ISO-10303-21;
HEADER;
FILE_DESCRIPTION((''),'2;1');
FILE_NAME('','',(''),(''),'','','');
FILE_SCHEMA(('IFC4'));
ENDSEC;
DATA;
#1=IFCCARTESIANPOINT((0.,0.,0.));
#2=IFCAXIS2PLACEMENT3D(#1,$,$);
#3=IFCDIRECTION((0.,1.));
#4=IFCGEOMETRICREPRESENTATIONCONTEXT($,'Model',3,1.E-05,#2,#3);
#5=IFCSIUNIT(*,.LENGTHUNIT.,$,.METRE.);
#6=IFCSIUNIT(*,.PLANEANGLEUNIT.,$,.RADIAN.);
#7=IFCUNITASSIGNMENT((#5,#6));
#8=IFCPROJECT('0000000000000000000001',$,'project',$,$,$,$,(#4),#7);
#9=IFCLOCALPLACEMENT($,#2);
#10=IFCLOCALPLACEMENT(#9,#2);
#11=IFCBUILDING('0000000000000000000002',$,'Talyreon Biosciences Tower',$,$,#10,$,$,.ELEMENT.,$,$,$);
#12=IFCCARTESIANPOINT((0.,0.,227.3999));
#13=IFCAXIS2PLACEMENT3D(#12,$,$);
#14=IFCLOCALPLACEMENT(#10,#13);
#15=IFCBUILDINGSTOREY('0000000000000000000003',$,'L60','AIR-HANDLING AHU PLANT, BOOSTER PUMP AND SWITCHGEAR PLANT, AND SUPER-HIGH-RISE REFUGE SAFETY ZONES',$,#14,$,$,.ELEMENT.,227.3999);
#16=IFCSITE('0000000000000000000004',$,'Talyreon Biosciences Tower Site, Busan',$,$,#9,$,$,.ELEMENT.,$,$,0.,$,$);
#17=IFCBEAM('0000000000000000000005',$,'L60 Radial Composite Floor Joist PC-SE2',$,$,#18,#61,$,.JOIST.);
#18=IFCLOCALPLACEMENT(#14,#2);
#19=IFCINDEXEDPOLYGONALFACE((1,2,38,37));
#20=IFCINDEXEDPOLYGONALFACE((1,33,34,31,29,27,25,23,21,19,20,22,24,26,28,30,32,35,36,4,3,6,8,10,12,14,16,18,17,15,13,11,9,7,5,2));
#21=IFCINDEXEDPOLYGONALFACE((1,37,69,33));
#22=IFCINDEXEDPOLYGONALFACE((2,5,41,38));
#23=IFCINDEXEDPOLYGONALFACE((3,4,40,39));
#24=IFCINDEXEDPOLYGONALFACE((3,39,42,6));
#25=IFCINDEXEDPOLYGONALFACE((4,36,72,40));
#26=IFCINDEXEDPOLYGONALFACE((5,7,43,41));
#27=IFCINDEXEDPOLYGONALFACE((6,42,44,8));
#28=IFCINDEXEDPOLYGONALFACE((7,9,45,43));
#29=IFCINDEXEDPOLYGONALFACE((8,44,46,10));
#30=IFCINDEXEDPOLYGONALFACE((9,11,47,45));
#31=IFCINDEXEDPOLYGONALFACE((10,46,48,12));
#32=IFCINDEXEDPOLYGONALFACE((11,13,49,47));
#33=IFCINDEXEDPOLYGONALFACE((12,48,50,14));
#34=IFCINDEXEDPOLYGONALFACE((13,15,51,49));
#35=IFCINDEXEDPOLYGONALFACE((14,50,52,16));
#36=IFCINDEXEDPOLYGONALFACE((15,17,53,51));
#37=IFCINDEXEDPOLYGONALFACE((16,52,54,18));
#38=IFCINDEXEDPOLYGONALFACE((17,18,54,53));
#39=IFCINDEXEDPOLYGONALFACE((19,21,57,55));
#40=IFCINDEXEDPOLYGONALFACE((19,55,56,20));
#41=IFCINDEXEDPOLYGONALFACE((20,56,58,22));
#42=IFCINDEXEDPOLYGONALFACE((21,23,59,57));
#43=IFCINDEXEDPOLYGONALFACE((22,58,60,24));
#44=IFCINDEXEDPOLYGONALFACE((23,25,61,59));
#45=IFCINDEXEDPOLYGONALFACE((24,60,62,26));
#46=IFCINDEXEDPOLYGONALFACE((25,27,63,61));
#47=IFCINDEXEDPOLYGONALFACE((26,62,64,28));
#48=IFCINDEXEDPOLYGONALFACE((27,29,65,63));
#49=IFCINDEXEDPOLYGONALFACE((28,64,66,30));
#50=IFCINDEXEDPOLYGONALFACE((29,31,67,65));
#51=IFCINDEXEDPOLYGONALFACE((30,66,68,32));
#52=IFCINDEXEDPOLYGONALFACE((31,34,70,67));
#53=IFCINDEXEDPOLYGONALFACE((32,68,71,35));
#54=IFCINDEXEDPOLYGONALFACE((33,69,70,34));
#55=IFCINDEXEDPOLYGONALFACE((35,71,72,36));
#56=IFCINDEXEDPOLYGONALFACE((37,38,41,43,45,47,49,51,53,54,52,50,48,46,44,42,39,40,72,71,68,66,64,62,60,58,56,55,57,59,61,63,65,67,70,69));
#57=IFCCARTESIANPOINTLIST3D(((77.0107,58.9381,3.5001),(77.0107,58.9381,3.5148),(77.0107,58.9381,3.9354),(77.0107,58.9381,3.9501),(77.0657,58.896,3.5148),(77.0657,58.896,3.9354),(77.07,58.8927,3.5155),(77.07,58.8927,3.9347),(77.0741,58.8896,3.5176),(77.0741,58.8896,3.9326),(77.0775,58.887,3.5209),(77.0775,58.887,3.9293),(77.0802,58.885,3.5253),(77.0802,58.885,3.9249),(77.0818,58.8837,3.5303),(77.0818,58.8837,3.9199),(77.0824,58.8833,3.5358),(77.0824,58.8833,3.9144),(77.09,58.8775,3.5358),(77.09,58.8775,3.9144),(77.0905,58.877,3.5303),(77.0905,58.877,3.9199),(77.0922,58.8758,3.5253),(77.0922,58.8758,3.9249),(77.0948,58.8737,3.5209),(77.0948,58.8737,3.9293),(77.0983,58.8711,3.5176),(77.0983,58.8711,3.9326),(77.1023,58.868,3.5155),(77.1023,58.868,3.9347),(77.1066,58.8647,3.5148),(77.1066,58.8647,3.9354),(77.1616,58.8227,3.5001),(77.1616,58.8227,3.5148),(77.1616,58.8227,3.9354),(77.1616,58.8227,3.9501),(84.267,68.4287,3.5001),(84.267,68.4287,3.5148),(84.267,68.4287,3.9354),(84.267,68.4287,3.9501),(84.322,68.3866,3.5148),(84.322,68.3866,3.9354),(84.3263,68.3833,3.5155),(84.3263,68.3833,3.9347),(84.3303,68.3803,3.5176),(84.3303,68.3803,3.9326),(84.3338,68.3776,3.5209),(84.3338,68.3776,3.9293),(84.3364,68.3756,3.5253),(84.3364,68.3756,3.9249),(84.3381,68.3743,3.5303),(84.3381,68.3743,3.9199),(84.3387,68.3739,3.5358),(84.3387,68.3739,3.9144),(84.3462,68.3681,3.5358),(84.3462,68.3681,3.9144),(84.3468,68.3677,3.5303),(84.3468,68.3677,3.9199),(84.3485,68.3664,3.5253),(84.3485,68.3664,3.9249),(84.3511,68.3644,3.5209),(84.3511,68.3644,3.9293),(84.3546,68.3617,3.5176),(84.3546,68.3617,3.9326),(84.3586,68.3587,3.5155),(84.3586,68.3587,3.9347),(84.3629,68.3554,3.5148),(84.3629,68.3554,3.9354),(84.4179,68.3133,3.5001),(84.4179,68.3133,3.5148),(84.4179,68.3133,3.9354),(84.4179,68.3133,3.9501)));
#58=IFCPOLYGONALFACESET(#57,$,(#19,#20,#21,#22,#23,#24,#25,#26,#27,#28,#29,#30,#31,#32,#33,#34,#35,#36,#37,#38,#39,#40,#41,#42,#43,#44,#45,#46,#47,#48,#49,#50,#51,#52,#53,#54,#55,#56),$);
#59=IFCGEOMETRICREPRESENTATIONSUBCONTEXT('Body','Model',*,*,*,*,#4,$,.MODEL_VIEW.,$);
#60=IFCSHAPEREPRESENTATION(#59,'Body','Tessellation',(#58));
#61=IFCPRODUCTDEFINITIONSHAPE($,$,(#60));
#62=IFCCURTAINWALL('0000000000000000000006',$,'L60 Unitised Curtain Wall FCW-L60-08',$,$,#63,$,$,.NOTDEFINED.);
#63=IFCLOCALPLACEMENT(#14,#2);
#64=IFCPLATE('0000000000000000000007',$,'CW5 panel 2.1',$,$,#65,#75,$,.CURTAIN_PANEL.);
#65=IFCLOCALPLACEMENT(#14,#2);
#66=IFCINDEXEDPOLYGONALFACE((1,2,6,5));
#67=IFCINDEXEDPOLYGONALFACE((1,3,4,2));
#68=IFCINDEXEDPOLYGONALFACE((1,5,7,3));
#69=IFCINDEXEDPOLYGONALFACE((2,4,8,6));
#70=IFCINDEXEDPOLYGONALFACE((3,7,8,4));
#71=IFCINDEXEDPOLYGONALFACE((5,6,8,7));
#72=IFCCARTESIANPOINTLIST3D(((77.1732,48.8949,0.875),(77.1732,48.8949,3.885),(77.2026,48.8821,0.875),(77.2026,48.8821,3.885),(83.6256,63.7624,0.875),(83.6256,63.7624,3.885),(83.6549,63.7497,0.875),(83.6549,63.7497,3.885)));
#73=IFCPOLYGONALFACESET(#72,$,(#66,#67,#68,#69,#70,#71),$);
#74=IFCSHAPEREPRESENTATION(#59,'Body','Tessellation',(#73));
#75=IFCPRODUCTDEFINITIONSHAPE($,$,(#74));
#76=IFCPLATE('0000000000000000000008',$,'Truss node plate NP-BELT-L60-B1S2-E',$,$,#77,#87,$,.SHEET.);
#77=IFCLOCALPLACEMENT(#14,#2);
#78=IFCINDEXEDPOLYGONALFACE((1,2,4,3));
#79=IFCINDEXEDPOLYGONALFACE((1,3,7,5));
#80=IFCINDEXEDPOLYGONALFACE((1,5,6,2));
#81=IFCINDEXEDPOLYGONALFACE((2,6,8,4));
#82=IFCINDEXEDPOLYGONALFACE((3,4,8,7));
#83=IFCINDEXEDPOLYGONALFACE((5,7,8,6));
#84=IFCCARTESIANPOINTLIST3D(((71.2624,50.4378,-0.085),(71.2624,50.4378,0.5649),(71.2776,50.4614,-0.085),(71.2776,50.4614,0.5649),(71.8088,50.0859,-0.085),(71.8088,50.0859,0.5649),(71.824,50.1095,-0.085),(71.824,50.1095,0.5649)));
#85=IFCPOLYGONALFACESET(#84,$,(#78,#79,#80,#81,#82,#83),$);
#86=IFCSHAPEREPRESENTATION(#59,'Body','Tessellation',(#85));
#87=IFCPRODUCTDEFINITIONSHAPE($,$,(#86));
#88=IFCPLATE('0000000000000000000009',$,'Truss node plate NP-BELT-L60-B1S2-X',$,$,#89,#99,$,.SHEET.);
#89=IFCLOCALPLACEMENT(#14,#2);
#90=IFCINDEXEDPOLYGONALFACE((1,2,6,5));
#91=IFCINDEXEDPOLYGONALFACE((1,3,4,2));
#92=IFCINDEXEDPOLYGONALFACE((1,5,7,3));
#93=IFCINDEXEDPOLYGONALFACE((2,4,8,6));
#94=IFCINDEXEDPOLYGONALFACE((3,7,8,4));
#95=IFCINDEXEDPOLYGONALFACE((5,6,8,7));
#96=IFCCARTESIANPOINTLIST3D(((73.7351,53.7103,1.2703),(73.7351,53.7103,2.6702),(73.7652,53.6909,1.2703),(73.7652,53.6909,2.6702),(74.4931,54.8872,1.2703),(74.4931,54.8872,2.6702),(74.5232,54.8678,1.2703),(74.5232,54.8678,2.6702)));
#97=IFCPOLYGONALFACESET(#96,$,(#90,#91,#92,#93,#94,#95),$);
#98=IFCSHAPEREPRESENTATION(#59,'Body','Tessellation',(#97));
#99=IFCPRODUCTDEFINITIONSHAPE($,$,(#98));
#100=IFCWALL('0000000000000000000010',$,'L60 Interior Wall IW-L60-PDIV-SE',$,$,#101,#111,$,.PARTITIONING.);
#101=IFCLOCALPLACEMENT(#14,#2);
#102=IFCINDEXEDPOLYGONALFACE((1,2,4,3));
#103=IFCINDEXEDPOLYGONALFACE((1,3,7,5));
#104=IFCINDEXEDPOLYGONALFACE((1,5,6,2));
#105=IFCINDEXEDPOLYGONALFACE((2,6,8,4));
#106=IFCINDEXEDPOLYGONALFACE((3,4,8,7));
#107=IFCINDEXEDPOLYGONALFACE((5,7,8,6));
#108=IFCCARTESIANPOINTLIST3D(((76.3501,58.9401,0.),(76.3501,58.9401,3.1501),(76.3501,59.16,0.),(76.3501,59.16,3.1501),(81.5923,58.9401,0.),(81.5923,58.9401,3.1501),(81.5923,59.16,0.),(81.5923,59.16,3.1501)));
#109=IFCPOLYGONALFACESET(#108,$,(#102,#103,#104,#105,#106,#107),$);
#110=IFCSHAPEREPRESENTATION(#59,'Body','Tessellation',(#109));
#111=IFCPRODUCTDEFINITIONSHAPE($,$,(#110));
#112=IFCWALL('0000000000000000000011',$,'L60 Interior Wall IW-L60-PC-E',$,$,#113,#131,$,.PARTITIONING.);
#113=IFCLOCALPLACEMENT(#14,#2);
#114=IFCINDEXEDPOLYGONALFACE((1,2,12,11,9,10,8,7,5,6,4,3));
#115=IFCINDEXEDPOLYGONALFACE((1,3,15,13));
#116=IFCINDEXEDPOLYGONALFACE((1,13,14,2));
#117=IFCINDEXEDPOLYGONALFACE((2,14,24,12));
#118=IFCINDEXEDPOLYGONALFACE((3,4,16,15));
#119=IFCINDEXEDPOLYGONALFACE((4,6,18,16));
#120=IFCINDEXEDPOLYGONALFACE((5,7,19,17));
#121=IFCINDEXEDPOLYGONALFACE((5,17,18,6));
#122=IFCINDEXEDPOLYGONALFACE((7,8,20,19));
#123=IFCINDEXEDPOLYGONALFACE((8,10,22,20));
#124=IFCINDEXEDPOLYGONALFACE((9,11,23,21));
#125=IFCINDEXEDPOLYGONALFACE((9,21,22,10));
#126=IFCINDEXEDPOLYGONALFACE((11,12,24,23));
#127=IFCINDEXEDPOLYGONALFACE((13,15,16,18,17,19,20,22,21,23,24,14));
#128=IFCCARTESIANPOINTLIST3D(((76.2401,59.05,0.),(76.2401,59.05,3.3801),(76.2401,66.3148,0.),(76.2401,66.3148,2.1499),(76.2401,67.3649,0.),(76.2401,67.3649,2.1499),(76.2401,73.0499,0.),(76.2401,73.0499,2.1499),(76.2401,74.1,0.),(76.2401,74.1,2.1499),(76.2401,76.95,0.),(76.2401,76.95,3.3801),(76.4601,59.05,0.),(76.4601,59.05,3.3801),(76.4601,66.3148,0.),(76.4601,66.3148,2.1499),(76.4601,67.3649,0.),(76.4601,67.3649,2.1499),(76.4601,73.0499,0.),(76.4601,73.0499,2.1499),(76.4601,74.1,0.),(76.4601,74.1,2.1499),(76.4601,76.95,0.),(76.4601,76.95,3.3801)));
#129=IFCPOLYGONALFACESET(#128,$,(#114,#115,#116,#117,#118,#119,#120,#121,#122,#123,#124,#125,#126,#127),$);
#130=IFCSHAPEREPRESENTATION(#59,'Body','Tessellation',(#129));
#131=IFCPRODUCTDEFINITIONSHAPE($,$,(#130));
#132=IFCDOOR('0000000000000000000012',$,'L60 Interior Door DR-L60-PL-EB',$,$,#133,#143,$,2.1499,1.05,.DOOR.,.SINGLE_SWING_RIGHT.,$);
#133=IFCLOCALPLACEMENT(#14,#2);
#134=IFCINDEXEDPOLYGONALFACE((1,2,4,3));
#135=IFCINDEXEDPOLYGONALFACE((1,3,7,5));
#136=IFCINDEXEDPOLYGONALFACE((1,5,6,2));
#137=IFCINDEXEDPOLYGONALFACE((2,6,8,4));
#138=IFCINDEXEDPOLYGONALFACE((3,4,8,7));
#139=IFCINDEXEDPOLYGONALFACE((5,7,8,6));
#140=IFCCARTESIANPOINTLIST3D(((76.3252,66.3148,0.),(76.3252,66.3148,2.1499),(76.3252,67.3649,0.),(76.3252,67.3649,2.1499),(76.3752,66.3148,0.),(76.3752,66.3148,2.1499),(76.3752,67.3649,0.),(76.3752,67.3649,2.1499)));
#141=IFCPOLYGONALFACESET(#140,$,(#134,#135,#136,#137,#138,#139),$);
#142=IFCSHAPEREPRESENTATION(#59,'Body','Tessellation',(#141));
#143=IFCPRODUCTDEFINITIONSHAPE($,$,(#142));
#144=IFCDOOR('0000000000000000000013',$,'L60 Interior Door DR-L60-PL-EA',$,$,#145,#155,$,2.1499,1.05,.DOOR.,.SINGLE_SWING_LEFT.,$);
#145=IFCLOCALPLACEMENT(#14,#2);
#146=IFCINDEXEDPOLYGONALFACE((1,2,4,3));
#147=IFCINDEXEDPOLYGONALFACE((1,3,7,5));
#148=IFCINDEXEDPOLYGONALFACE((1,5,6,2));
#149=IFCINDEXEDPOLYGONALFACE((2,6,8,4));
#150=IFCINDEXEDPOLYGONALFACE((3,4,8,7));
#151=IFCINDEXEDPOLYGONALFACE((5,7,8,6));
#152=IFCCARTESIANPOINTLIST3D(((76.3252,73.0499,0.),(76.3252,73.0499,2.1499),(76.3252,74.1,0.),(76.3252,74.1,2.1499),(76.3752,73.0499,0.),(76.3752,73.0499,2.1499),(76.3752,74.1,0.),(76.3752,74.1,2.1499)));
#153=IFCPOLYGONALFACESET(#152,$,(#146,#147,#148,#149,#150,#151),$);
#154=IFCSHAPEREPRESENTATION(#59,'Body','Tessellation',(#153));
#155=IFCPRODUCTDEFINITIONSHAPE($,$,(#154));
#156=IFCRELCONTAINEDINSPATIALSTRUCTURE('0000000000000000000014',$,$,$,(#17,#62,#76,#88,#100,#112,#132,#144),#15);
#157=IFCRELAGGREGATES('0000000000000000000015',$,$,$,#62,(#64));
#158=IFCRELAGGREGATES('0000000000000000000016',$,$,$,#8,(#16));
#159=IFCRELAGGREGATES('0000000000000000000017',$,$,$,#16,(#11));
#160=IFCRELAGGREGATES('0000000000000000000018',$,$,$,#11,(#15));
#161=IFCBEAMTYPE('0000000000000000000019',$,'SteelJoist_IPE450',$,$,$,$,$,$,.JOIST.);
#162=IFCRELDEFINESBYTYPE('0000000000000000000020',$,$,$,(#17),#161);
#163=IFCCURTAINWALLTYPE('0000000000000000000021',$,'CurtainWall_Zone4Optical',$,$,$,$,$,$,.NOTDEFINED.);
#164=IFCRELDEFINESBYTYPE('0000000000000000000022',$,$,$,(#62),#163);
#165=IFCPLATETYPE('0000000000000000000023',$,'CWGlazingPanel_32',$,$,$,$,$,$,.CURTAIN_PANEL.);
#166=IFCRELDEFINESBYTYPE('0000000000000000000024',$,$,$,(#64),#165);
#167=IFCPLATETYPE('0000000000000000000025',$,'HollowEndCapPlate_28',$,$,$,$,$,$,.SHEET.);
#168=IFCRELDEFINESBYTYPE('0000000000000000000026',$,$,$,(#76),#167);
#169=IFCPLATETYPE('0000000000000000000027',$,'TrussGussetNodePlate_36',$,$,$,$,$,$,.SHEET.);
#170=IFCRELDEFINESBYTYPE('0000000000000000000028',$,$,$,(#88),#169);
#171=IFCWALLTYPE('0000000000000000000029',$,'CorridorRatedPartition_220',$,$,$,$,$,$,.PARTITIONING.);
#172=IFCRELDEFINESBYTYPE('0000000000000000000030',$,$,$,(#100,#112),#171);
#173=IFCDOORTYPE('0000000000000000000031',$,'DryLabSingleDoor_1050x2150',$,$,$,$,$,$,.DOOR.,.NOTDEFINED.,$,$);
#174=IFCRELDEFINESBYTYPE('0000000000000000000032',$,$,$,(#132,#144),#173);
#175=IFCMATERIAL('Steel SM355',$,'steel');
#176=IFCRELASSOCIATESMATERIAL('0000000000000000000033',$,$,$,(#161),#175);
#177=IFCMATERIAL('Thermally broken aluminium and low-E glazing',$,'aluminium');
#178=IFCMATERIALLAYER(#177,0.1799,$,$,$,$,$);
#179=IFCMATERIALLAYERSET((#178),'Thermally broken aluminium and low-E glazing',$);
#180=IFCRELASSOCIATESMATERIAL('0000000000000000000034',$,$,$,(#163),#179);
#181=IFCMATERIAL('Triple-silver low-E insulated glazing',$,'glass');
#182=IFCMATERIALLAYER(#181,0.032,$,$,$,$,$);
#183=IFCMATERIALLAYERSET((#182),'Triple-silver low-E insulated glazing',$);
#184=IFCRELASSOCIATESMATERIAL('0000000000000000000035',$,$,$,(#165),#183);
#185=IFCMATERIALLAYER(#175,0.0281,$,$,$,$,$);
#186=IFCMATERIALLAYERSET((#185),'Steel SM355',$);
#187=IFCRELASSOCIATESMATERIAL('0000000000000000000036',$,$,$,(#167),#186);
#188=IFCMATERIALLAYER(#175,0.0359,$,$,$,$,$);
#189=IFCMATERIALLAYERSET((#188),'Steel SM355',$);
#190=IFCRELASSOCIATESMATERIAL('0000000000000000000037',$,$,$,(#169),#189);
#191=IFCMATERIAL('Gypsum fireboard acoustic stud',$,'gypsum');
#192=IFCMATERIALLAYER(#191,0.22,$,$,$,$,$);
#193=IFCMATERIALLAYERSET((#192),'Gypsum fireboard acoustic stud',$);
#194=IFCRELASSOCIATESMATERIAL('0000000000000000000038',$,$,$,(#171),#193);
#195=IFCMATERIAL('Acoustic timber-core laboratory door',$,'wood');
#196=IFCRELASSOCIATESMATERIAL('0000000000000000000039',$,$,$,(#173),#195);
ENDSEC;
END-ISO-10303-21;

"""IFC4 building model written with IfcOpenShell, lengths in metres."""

from ifc_helpers import new_model, si_unit, direction, frame, frame_2d, origin, origin_2d, place, context, subcontext, project, spatial, rectangle, i_section, extrude, material, layer, layer_set, material_profile, profile_set, type_object, element, fill, aggregate, save


model = new_model("IFC4")

# Units and contexts
model_context = context("Model", 3, precision=1e-05, world=origin(), true_north=direction((0.0, 1.0)))
body_context = subcontext(model_context, "Body", "Model", "MODEL_VIEW")
ifc_project = project(units=[si_unit("LENGTHUNIT", "METRE"), si_unit("PLANEANGLEUNIT", "RADIAN")], contexts=[model_context])

# Site, building, storey
site_placement = place(None, origin())
site = spatial("IfcSite", under=ifc_project, at=site_placement, Name="Talyreon Biosciences Tower Site, Busan", CompositionType="ELEMENT", RefElevation=0.0)
building_placement = place(site_placement, origin())
building = spatial("IfcBuilding", under=site, at=building_placement, Name="Talyreon Biosciences Tower", CompositionType="ELEMENT")
storey_placement = place(building_placement, frame((0.0, 0.0, 227.3999)))
storey = spatial("IfcBuildingStorey", under=building, at=storey_placement, Name="L60", Description="AIR-HANDLING AHU PLANT, BOOSTER PUMP AND SWITCHGEAR PLANT, AND SUPER-HIGH-RISE REFUGE SAFETY ZONES", CompositionType="ELEMENT", Elevation=227.3999)

# Shared definitions
ifc_material_1 = material(Name="Steel SM355", Category="steel")

# Beam
ifc_material_profile_1 = material_profile(ifc_material_1, i_section(OverallWidth=0.1899, OverallDepth=0.45, WebThickness=0.0095, FlangeThickness=0.0146, FilletRadius=0.021, at=origin_2d()), Name="IPE450")
ifc_profile_set_1 = profile_set([ifc_material_profile_1], Name="Steel SM355")
beam_type_1 = type_object("IfcBeamType", Name="SteelJoist_IPE450", PredefinedType="JOIST", material=ifc_profile_set_1)
beam_1_placement = place(storey_placement, frame((77.0862, 58.8804, 3.7251), z_axis=(0.607383, 0.794409, 0.0), x_axis=(-0.794409, 0.607383, 0.0)))
element("IfcBeam", 1, at=beam_1_placement, inside=storey, type_object=beam_type_1, Name="L60 Radial Composite Floor Joist PC-SE2", PredefinedType="JOIST", context=body_context, shape_type="SweptSolid", body=[
    extrude(i_section(OverallWidth=0.1899, OverallDepth=0.45, WebThickness=0.0095, FlangeThickness=0.0146, FilletRadius=0.021, at=origin_2d()), origin(), (0.0, 0.0, 1.0), 11.9468),
])

# Curtain wall, plate
ifc_material_2 = material(Name="Thermally broken aluminium and low-E glazing", Category="aluminium")
ifc_layer_1 = layer(ifc_material_2, 0.1799)
ifc_layer_set_1 = layer_set([ifc_layer_1], Name="Thermally broken aluminium and low-E glazing")
curtain_wall_type = type_object("IfcCurtainWallType", Name="CurtainWall_Zone4Optical", PredefinedType="NOTDEFINED", material=ifc_layer_set_1)
curtain_wall_placement = place(storey_placement, origin())
curtain_wall = element("IfcCurtainWall", 2, at=curtain_wall_placement, inside=storey, type_object=curtain_wall_type, Name="L60 Unitised Curtain Wall FCW-L60-08", PredefinedType="NOTDEFINED")
ifc_material_3 = material(Name="Triple-silver low-E insulated glazing", Category="glass")
ifc_layer_2 = layer(ifc_material_3, 0.032)
ifc_layer_set_2 = layer_set([ifc_layer_2], Name="Triple-silver low-E insulated glazing")
plate_type_1 = type_object("IfcPlateType", Name="CWGlazingPanel_32", PredefinedType="CURTAIN_PANEL", material=ifc_layer_set_2)
plate_1_placement = place(storey_placement, frame((80.4141, 56.3223, 0.875), z_axis=(0.0, 0.0, 1.0), x_axis=(-0.398112, -0.917337, 0.0)))
plate_1 = element("IfcPlate", 3, at=plate_1_placement, type_object=plate_type_1, Name="CW5 panel 2.1", PredefinedType="CURTAIN_PANEL", context=body_context, shape_type="SweptSolid", body=[
    extrude(rectangle(XDim=16.2073, YDim=0.032, at=origin_2d()), origin(), (0.0, 0.0, 1.0), 3.01),
])
aggregate(curtain_wall, [plate_1])

# Plates
ifc_layer_3 = layer(ifc_material_1, 0.0281)
ifc_layer_set_3 = layer_set([ifc_layer_3], Name="Steel SM355")
plate_type_2 = type_object("IfcPlateType", Name="HollowEndCapPlate_28", PredefinedType="SHEET", material=ifc_layer_set_3)
plate_2_placement = place(storey_placement, frame((71.5432, 50.2737, -0.085), z_axis=(0.0, 0.0, 1.0), x_axis=(-0.840727, 0.541459, 0.0)))
element("IfcPlate", 4, at=plate_2_placement, inside=storey, type_object=plate_type_2, Name="Truss node plate NP-BELT-L60-B1S2-E", PredefinedType="SHEET", context=body_context, shape_type="SweptSolid", body=[
    extrude(rectangle(XDim=0.6499, YDim=0.0281, at=origin_2d()), origin(), (0.0, 0.0, 1.0), 0.6499),
])
ifc_layer_4 = layer(ifc_material_1, 0.0359)
ifc_layer_set_4 = layer_set([ifc_layer_4], Name="Steel SM355")
plate_type_3 = type_object("IfcPlateType", Name="TrussGussetNodePlate_36", PredefinedType="SHEET", material=ifc_layer_set_4)
plate_3_placement = place(storey_placement, frame((74.1292, 54.2891, 1.2703), z_axis=(0.0, 0.0, 1.0), x_axis=(0.541459, 0.840727, 0.0)))
element("IfcPlate", 5, at=plate_3_placement, inside=storey, type_object=plate_type_3, Name="Truss node plate NP-BELT-L60-B1S2-X", PredefinedType="SHEET", context=body_context, shape_type="SweptSolid", body=[
    extrude(rectangle(XDim=1.3999, YDim=0.0359, at=origin_2d()), origin(), (0.0, 0.0, 1.0), 1.3999),
])

# Wall
ifc_material_4 = material(Name="Gypsum fireboard acoustic stud", Category="gypsum")
ifc_layer_5 = layer(ifc_material_4, 0.22)
ifc_layer_set_5 = layer_set([ifc_layer_5], Name="Gypsum fireboard acoustic stud")
wall_type = type_object("IfcWallType", Name="CorridorRatedPartition_220", PredefinedType="PARTITIONING", material=ifc_layer_set_5)
wall_1_placement = place(storey_placement, frame((76.3501, 59.05, 0.0), z_axis=(0.0, 0.0, 1.0), x_axis=(1.0, 0.0, 0.0)))
element("IfcWall", 6, at=wall_1_placement, inside=storey, type_object=wall_type, Name="L60 Interior Wall IW-L60-PDIV-SE", PredefinedType="PARTITIONING", context=body_context, shape_type="SweptSolid", body=[
    extrude(rectangle(XDim=5.2422, YDim=0.22, at=frame_2d((2.6211, 0.0))), origin(), (0.0, 0.0, 1.0), 3.1501),
])

# Wall, openings, doors
wall_2_placement = place(storey_placement, frame((76.3501, 59.05, 0.0), z_axis=(0.0, 0.0, 1.0), x_axis=(0.0, 1.0, 0.0)))
wall_2 = element("IfcWall", 7, at=wall_2_placement, inside=storey, type_object=wall_type, Name="L60 Interior Wall IW-L60-PC-E", PredefinedType="PARTITIONING", context=body_context, shape_type="SweptSolid", body=[
    extrude(rectangle(XDim=17.8999, YDim=0.22, at=frame_2d((8.95, 0.0))), origin(), (0.0, 0.0, 1.0), 3.3801),
])
opening_1_placement = place(wall_2_placement, frame((7.2649, 0.0, 0.0)))
opening_1 = element("IfcOpeningElement", 8, at=opening_1_placement, cuts=wall_2, PredefinedType="OPENING", context=body_context, shape_type="SweptSolid", body=[
    extrude(rectangle(XDim=1.05, YDim=2.1499, at=frame_2d((0.5249, 1.075))), frame((0.0, 0.1199, 0.0), z_axis=(0.0, -1.0, 0.0), x_axis=(1.0, 0.0, 0.0)), (0.0, 0.0, 1.0), 0.24),
])
opening_2_placement = place(wall_2_placement, frame((14.0, 0.0, 0.0)))
opening_2 = element("IfcOpeningElement", 9, at=opening_2_placement, cuts=wall_2, PredefinedType="OPENING", context=body_context, shape_type="SweptSolid", body=[
    extrude(rectangle(XDim=1.05, YDim=2.1499, at=frame_2d((0.5249, 1.075))), frame((0.0, 0.1199, 0.0), z_axis=(0.0, -1.0, 0.0), x_axis=(1.0, 0.0, 0.0)), (0.0, 0.0, 1.0), 0.24),
])
ifc_material_5 = material(Name="Acoustic timber-core laboratory door", Category="wood")
door_type = type_object("IfcDoorType", Name="DryLabSingleDoor_1050x2150", OperationType="NOTDEFINED", PredefinedType="DOOR", material=ifc_material_5)
door_1_placement = place(opening_1_placement, origin())
door_1 = element("IfcDoor", 10, at=door_1_placement, inside=storey, type_object=door_type, Name="L60 Interior Door DR-L60-PL-EB", OperationType="SINGLE_SWING_RIGHT", OverallHeight=2.1499, OverallWidth=1.05, PredefinedType="DOOR", context=body_context, shape_type="SweptSolid", body=[
    extrude(rectangle(XDim=1.05, YDim=2.1499, at=frame_2d((0.5249, 1.075))), frame((0.0, 0.0249, 0.0), z_axis=(0.0, -1.0, 0.0), x_axis=(1.0, 0.0, 0.0)), (0.0, 0.0, 1.0), 0.05),
])
fill(opening_1, door_1)
door_2_placement = place(opening_2_placement, origin())
door_2 = element("IfcDoor", 11, at=door_2_placement, inside=storey, type_object=door_type, Name="L60 Interior Door DR-L60-PL-EA", OperationType="SINGLE_SWING_LEFT", OverallHeight=2.1499, OverallWidth=1.05, PredefinedType="DOOR", context=body_context, shape_type="SweptSolid", body=[
    extrude(rectangle(XDim=1.05, YDim=2.1499, at=frame_2d((0.5249, 1.075))), frame((0.0, 0.0249, 0.0), z_axis=(0.0, -1.0, 0.0), x_axis=(1.0, 0.0, 0.0)), (0.0, 0.0, 1.0), 0.05),
])
fill(opening_2, door_2)

save(model, "model.ifc")
